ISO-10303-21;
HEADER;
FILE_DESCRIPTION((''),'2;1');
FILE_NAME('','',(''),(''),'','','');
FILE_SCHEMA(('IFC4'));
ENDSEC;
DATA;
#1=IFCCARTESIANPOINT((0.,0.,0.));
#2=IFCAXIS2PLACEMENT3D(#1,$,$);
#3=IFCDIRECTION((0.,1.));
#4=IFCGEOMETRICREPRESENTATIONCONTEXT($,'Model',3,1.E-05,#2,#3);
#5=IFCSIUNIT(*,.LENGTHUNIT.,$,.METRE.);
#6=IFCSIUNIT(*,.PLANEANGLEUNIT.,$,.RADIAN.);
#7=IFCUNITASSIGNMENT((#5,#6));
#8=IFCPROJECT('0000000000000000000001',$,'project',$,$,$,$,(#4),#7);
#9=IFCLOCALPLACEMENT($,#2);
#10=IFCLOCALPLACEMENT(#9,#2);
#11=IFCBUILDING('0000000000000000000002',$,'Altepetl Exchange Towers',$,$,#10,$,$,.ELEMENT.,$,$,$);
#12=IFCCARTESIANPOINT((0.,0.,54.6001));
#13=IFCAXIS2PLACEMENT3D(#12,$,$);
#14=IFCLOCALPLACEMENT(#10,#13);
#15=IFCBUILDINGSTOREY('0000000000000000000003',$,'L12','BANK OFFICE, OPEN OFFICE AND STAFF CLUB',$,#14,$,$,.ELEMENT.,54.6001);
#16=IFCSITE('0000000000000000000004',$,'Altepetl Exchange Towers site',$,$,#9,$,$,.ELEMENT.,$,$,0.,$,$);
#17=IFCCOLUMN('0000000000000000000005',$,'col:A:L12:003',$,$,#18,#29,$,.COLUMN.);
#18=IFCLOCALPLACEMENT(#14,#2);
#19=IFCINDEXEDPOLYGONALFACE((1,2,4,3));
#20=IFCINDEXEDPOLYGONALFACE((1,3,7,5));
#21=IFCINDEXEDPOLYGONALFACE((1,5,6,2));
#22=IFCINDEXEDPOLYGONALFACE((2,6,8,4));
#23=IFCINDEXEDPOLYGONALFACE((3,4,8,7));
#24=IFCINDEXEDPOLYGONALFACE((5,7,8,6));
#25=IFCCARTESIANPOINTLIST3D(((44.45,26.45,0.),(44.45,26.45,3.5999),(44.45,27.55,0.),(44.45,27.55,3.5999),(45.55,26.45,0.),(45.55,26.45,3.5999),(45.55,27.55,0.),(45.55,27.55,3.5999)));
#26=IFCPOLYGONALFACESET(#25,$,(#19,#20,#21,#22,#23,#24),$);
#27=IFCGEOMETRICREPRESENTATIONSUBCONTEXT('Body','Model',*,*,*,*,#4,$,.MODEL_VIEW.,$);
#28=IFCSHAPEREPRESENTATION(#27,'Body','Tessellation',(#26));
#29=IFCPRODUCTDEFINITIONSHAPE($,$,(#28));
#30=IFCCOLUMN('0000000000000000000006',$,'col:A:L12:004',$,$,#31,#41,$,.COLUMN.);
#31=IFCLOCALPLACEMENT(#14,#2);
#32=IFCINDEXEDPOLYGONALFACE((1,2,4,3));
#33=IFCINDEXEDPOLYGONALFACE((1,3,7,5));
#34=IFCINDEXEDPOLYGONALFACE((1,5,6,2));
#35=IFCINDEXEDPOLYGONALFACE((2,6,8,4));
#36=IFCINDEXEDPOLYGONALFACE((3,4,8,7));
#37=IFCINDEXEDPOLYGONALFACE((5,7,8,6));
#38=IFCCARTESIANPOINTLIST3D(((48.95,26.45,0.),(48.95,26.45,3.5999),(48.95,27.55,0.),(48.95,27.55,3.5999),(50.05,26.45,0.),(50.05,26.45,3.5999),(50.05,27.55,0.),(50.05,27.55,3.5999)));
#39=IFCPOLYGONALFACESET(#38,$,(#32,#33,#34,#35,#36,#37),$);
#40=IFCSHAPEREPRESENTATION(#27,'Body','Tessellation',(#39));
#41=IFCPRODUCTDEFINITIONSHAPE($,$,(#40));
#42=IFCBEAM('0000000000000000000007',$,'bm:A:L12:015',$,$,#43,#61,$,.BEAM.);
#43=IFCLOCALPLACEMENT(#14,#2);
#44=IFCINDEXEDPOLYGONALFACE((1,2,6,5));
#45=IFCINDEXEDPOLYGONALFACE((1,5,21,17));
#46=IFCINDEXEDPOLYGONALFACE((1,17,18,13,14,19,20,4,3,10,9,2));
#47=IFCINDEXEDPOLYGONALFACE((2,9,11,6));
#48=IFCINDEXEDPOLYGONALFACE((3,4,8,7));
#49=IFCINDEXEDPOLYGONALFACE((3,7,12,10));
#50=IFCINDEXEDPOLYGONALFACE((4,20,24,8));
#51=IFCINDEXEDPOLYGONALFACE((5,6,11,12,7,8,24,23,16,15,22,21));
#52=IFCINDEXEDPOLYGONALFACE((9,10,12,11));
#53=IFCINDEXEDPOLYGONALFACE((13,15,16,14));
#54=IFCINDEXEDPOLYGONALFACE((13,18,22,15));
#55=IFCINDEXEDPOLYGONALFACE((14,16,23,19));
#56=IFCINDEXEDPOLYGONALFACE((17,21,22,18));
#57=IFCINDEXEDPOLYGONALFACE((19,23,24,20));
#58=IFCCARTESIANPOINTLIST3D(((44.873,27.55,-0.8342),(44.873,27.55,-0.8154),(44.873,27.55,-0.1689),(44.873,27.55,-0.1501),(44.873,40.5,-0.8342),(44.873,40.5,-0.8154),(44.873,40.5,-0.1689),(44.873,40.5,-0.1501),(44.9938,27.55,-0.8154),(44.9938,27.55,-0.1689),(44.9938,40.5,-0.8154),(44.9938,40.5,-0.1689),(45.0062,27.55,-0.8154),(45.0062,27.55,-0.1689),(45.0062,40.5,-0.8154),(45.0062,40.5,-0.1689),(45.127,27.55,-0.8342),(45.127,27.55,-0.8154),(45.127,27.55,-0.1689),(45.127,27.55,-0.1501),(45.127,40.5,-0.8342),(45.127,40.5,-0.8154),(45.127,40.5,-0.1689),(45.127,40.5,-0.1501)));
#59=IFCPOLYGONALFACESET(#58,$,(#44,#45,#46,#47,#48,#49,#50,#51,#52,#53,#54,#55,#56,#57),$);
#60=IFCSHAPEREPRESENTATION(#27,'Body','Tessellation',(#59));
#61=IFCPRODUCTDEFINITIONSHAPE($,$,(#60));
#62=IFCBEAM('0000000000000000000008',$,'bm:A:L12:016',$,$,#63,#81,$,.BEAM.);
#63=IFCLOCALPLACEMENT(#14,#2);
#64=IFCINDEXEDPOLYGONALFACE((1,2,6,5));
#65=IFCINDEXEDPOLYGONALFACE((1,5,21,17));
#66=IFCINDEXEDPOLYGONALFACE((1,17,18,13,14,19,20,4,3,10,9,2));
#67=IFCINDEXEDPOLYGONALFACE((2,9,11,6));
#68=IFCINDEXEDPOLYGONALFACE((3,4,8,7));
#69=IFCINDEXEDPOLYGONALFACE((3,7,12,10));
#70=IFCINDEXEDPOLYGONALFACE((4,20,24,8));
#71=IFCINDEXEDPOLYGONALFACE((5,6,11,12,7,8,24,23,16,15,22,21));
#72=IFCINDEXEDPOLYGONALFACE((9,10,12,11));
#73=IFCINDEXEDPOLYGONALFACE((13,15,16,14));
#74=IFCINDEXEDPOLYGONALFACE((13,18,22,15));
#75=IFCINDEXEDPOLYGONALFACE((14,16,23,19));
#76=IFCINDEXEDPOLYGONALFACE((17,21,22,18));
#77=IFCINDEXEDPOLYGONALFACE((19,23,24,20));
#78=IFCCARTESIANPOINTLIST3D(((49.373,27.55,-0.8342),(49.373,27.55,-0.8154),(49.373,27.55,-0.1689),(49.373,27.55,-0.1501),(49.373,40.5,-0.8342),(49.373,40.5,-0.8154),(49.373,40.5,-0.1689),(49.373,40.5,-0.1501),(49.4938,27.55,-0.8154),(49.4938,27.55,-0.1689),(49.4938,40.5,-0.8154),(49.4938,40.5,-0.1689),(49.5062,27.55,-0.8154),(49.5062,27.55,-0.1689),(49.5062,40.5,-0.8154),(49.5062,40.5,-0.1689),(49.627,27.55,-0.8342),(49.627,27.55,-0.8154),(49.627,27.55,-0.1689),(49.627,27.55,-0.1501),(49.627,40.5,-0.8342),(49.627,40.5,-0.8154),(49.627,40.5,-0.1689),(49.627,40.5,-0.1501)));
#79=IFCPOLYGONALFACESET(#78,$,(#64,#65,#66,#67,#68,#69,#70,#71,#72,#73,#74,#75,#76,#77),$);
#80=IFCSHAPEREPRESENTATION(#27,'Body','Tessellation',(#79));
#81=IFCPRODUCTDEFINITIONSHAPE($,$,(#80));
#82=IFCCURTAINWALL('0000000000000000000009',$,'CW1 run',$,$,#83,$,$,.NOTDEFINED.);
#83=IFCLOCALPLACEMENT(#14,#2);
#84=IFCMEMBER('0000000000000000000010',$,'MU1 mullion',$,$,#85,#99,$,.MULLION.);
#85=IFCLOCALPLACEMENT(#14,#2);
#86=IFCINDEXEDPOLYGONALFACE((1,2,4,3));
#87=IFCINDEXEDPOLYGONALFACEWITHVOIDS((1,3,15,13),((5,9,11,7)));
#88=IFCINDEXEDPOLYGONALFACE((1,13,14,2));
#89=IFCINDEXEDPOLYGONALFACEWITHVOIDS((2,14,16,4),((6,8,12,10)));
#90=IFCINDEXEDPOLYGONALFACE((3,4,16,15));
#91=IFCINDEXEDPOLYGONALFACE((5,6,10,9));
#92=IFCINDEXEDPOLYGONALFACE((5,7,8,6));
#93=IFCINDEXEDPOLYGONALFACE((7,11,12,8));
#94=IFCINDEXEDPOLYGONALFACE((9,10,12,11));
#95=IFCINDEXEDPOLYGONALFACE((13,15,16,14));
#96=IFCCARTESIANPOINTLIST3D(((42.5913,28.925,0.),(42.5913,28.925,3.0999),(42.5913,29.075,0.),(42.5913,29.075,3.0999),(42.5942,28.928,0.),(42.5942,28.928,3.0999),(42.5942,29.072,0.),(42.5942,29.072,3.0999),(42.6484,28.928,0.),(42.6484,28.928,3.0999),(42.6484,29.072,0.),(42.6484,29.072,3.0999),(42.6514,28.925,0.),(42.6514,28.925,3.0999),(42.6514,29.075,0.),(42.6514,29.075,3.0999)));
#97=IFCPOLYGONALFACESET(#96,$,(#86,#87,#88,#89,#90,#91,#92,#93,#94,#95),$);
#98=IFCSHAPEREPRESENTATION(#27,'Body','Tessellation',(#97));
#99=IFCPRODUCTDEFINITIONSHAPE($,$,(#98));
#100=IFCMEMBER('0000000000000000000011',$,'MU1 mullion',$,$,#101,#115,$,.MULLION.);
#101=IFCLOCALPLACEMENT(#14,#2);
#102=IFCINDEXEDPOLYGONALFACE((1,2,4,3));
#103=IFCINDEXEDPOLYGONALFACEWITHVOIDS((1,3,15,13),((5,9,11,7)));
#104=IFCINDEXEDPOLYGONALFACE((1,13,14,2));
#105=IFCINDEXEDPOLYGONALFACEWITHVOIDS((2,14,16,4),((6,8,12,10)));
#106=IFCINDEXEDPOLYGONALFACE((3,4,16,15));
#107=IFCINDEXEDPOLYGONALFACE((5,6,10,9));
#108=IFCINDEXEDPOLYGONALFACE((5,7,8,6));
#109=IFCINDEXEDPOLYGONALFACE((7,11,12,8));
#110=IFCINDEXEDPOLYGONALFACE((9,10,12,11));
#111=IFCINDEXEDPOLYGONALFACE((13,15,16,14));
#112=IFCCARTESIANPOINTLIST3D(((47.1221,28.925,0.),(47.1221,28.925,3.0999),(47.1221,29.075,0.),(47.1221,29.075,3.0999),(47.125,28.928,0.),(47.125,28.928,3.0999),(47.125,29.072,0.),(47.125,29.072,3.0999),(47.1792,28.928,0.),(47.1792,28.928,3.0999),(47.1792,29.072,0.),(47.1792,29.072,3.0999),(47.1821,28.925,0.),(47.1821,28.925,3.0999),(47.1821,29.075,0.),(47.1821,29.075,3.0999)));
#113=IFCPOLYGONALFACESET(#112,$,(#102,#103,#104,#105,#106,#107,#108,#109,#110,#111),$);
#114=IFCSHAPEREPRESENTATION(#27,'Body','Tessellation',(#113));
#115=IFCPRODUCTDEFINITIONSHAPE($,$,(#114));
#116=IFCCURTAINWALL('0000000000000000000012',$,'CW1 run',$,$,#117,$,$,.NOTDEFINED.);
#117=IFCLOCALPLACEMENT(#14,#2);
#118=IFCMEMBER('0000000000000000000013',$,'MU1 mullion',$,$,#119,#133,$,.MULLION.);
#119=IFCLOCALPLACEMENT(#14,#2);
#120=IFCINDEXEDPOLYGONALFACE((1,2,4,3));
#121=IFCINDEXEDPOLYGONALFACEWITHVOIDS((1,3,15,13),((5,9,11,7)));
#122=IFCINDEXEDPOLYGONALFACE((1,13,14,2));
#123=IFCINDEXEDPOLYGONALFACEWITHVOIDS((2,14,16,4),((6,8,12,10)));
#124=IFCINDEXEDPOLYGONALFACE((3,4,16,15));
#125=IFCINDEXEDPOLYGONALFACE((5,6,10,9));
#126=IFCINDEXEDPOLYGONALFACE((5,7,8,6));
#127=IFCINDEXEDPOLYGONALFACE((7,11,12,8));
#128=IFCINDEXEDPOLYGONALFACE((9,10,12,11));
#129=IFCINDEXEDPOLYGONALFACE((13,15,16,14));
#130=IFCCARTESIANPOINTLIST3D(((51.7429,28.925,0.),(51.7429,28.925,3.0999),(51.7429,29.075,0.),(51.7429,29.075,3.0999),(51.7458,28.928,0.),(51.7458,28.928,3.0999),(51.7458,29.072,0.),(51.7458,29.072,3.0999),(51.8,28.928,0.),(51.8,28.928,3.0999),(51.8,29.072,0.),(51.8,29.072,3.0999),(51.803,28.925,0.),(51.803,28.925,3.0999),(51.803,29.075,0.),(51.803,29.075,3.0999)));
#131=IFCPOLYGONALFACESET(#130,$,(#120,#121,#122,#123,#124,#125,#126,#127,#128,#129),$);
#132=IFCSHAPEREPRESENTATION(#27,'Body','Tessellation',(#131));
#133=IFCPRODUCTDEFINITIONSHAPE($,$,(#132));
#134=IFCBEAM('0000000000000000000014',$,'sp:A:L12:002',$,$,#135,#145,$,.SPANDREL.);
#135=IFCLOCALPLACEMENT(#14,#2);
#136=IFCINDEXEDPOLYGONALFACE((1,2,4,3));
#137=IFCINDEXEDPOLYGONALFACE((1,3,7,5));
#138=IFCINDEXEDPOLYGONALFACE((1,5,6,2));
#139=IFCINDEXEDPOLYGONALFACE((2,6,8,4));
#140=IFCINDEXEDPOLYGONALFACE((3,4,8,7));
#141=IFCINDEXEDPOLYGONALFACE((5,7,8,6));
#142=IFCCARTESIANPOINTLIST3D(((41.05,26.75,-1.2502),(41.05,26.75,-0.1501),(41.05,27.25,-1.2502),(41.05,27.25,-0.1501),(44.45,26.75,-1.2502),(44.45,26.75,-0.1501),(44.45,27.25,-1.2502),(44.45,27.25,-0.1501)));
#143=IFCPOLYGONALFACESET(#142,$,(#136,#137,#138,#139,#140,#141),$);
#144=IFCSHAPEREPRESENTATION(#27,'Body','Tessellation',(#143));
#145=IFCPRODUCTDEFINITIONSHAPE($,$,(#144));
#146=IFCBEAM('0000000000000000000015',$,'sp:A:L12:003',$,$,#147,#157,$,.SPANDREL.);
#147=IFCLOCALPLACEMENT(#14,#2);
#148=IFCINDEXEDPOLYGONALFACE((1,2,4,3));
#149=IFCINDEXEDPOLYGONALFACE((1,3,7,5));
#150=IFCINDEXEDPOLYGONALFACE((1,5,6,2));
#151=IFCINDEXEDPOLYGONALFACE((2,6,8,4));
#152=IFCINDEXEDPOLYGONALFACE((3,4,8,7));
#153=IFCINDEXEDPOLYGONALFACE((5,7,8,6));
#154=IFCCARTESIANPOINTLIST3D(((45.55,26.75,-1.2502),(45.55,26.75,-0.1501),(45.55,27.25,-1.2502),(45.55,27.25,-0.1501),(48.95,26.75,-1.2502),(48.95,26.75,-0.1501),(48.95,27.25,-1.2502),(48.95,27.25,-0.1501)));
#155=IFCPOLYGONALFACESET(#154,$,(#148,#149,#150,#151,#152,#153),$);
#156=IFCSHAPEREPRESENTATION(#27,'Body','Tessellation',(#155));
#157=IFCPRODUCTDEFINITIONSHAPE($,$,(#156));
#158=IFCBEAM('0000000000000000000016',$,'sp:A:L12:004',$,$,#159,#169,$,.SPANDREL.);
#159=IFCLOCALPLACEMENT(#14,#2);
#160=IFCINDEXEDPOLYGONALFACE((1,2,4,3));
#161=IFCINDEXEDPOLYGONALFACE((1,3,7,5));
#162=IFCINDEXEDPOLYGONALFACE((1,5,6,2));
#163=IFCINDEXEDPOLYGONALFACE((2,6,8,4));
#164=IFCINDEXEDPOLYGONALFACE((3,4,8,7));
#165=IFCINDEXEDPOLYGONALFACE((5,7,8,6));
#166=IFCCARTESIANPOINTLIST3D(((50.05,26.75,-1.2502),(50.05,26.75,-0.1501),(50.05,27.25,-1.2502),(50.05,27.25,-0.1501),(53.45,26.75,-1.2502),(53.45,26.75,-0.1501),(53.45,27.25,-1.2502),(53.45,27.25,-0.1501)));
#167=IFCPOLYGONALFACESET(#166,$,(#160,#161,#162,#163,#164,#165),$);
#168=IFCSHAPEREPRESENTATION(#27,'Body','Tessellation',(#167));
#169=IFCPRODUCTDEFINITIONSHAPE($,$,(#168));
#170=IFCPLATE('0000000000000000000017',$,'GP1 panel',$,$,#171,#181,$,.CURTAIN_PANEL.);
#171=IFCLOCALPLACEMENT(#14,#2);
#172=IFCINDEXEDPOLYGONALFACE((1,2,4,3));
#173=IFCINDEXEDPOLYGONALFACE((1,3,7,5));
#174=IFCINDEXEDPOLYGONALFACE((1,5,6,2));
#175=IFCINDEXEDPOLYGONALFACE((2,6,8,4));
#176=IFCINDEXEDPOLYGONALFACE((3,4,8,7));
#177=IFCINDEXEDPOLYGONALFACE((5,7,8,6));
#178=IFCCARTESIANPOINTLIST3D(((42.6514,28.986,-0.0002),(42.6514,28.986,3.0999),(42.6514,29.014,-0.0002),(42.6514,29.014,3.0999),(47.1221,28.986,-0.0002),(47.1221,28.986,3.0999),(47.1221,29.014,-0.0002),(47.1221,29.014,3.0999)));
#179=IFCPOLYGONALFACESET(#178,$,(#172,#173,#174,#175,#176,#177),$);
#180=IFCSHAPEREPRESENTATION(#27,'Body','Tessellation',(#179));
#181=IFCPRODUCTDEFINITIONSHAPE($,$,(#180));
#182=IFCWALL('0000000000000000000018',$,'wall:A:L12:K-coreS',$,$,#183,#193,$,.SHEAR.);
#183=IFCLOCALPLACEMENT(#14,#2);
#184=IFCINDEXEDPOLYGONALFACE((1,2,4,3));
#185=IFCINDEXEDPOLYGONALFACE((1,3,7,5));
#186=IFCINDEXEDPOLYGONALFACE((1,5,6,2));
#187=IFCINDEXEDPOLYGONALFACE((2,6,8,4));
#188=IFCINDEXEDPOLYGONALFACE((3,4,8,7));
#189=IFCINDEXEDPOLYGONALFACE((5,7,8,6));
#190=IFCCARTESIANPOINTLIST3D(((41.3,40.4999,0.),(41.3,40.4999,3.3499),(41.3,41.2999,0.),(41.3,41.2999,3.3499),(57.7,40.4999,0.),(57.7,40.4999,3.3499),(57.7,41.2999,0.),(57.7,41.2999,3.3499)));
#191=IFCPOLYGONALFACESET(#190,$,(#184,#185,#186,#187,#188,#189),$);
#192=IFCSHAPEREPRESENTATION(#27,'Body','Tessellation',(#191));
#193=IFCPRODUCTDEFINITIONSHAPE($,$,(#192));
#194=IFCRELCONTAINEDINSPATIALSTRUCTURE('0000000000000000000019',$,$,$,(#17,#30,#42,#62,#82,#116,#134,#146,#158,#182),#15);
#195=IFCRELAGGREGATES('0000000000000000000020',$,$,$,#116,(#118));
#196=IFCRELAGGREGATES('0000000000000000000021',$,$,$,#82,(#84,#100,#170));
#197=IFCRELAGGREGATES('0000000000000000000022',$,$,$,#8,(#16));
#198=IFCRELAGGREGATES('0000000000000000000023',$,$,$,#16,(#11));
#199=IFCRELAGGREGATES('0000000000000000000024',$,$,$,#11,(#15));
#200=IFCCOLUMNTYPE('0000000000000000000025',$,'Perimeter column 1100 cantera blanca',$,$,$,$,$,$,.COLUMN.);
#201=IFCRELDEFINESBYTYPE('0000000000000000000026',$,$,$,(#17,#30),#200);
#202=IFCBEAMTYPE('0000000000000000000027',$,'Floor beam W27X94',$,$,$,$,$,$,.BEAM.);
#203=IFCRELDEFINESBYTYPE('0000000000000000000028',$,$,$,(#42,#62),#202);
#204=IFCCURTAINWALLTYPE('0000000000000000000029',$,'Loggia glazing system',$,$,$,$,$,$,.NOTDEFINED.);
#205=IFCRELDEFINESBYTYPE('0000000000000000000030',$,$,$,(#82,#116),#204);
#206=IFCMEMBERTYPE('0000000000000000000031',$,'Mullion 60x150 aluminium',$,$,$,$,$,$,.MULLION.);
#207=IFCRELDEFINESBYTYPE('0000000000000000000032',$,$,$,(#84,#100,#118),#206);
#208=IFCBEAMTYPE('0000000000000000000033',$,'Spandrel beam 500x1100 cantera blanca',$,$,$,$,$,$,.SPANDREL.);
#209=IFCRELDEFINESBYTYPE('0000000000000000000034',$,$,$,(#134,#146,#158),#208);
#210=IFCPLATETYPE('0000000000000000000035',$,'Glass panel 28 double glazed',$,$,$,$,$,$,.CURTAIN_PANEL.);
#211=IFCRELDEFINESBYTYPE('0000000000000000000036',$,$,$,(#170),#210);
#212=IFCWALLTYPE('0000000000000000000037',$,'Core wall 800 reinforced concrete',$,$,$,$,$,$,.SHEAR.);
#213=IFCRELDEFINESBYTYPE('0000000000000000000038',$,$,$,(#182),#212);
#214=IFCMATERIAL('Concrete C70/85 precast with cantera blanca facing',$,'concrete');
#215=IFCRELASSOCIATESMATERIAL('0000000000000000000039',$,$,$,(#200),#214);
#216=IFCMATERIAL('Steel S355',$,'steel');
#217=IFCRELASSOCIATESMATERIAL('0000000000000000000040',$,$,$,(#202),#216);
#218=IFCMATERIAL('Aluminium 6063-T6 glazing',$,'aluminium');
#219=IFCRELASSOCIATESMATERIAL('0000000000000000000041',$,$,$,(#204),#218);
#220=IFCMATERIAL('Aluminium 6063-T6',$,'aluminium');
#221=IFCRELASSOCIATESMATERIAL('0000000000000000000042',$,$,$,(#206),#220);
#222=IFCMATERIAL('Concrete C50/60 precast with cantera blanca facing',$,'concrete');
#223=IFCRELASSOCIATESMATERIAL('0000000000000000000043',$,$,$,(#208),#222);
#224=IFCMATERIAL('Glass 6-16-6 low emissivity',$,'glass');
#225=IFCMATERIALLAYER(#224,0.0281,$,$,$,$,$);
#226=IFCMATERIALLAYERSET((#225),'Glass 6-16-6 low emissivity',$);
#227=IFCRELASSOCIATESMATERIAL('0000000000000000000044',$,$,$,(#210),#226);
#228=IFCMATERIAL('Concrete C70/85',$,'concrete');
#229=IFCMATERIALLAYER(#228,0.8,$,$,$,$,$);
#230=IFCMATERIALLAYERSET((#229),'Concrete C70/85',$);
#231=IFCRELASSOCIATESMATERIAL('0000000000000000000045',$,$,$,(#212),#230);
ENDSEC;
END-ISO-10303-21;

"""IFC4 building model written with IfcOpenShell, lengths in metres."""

from ifc_helpers import new_model, si_unit, direction, frame, frame_2d, origin, origin_2d, place, context, subcontext, project, spatial, rectangle, hollow_rectangle, i_section, extrude, material, layer, layer_set, material_profile, profile_set, type_object, element, aggregate, save


model = new_model("IFC4")

# Units and contexts
model_context = context("Model", 3, precision=1e-05, world=origin(), true_north=direction((0.0, 1.0)))
body_context = subcontext(model_context, "Body", "Model", "MODEL_VIEW")
ifc_project = project(units=[si_unit("LENGTHUNIT", "METRE"), si_unit("PLANEANGLEUNIT", "RADIAN")], contexts=[model_context])

# Site, building, storey
site_placement = place(None, origin())
site = spatial("IfcSite", under=ifc_project, at=site_placement, Name="Altepetl Exchange Towers site", CompositionType="ELEMENT", RefElevation=0.0)
building_placement = place(site_placement, origin())
building = spatial("IfcBuilding", under=site, at=building_placement, Name="Altepetl Exchange Towers", CompositionType="ELEMENT")
storey_placement = place(building_placement, frame((0.0, 0.0, 54.6001)))
storey = spatial("IfcBuildingStorey", under=building, at=storey_placement, Name="L12", Description="BANK OFFICE, OPEN OFFICE AND STAFF CLUB", CompositionType="ELEMENT", Elevation=54.6001)

# Columns
ifc_material_1 = material(Name="Concrete C70/85 precast with cantera blanca facing", Category="concrete")
ifc_material_profile_1 = material_profile(ifc_material_1, rectangle(XDim=1.1001, YDim=1.1001, at=origin_2d()), Name="1100 x 1100")
ifc_profile_set_1 = profile_set([ifc_material_profile_1], Name="Concrete C70/85 precast with cantera blanca facing")
column_type = type_object("IfcColumnType", Name="Perimeter column 1100 cantera blanca", PredefinedType="COLUMN", material=ifc_profile_set_1)
for number, where, name in (
    (1, (45.0, 27.0, 0.0), "col:A:L12:003"),
    (2, (49.5, 27.0, 0.0), "col:A:L12:004"),
):
    element("IfcColumn", number, at=place(storey_placement, frame(where)), inside=storey, type_object=column_type, Name=name, PredefinedType="COLUMN", context=body_context, shape_type="SweptSolid", body=[
        extrude(rectangle(XDim=1.1001, YDim=1.1001, at=origin_2d()), origin(), (0.0, 0.0, 1.0), 3.5999),
    ])

# Beams
ifc_material_2 = material(Name="Steel S355", Category="steel")
ifc_material_profile_2 = material_profile(ifc_material_2, i_section(OverallWidth=0.2539, OverallDepth=0.6841, WebThickness=0.0125, FlangeThickness=0.0188, at=origin_2d()), Name="W27X94")
ifc_profile_set_2 = profile_set([ifc_material_profile_2], Name="Steel S355")
beam_type_1 = type_object("IfcBeamType", Name="Floor beam W27X94", PredefinedType="BEAM", material=ifc_profile_set_2)
for number, where, z_axis, x_axis, name in (
    (3, (45.0, 27.55, -0.4922), (0.0, 1.0, 0.0), (-1.0, 0.0, 0.0), "bm:A:L12:015"),
    (4, (49.5, 27.55, -0.4922), (0.0, 1.0, 0.0), (-1.0, 0.0, 0.0), "bm:A:L12:016"),
):
    element("IfcBeam", number, at=place(storey_placement, frame(where, z_axis=z_axis, x_axis=x_axis)), inside=storey, type_object=beam_type_1, Name=name, PredefinedType="BEAM", context=body_context, shape_type="SweptSolid", body=[
        extrude(i_section(OverallWidth=0.2539, OverallDepth=0.6841, WebThickness=0.0125, FlangeThickness=0.0188, at=origin_2d()), origin(), (0.0, 0.0, 1.0), 12.95),
    ])

# Curtain wall, members
ifc_material_3 = material(Name="Aluminium 6063-T6 glazing", Category="aluminium")
curtain_wall_type = type_object("IfcCurtainWallType", Name="Loggia glazing system", PredefinedType="NOTDEFINED", material=ifc_material_3)
curtain_wall_1_placement = place(storey_placement, origin())
curtain_wall_1 = element("IfcCurtainWall", 5, at=curtain_wall_1_placement, inside=storey, type_object=curtain_wall_type, Name="CW1 run", PredefinedType="NOTDEFINED")
ifc_material_4 = material(Name="Aluminium 6063-T6", Category="aluminium")
ifc_material_profile_3 = material_profile(ifc_material_4, hollow_rectangle(XDim=0.0601, YDim=0.1499, WallThickness=0.0029, at=origin_2d()), Name="Mullion 60x150 aluminium")
ifc_profile_set_3 = profile_set([ifc_material_profile_3], Name="Aluminium 6063-T6")
member_type = type_object("IfcMemberType", Name="Mullion 60x150 aluminium", PredefinedType="MULLION", material=ifc_profile_set_3)
member_1_placement = place(storey_placement, frame((42.6213, 29.0, 0.0)))
member_1 = element("IfcMember", 6, at=member_1_placement, type_object=member_type, Name="MU1 mullion", PredefinedType="MULLION", context=body_context, shape_type="SweptSolid", body=[
    extrude(hollow_rectangle(XDim=0.0601, YDim=0.1499, WallThickness=0.0029, at=origin_2d()), origin(), (0.0, 0.0, 1.0), 3.0999),
])
member_2_placement = place(storey_placement, frame((47.1521, 29.0, 0.0)))
member_2 = element("IfcMember", 7, at=member_2_placement, type_object=member_type, Name="MU1 mullion", PredefinedType="MULLION", context=body_context, shape_type="SweptSolid", body=[
    extrude(hollow_rectangle(XDim=0.0601, YDim=0.1499, WallThickness=0.0029, at=origin_2d()), origin(), (0.0, 0.0, 1.0), 3.0999),
])

# Curtain wall, member
curtain_wall_2_placement = place(storey_placement, origin())
curtain_wall_2 = element("IfcCurtainWall", 8, at=curtain_wall_2_placement, inside=storey, type_object=curtain_wall_type, Name="CW1 run", PredefinedType="NOTDEFINED")
member_3_placement = place(storey_placement, frame((51.7729, 29.0, 0.0)))
member_3 = element("IfcMember", 9, at=member_3_placement, type_object=member_type, Name="MU1 mullion", PredefinedType="MULLION", context=body_context, shape_type="SweptSolid", body=[
    extrude(hollow_rectangle(XDim=0.0601, YDim=0.1499, WallThickness=0.0029, at=origin_2d()), origin(), (0.0, 0.0, 1.0), 3.0999),
])
aggregate(curtain_wall_2, [member_3])

# Beams
ifc_material_5 = material(Name="Concrete C50/60 precast with cantera blanca facing", Category="concrete")
ifc_material_profile_4 = material_profile(ifc_material_5, rectangle(XDim=0.5, YDim=1.1001, at=origin_2d()), Name="500 x 1100")
ifc_profile_set_4 = profile_set([ifc_material_profile_4], Name="Concrete C50/60 precast with cantera blanca facing")
beam_type_2 = type_object("IfcBeamType", Name="Spandrel beam 500x1100 cantera blanca", PredefinedType="SPANDREL", material=ifc_profile_set_4)
for number, where, z_axis, x_axis, name in (
    (10, (41.05, 27.0, -0.7002), (1.0, 0.0, 0.0), (0.0, 1.0, 0.0), "sp:A:L12:002"),
    (11, (45.55, 27.0, -0.7002), (1.0, 0.0, 0.0), (0.0, 1.0, 0.0), "sp:A:L12:003"),
    (12, (50.05, 27.0, -0.7002), (1.0, 0.0, 0.0), (0.0, 1.0, 0.0), "sp:A:L12:004"),
):
    element("IfcBeam", number, at=place(storey_placement, frame(where, z_axis=z_axis, x_axis=x_axis)), inside=storey, type_object=beam_type_2, Name=name, PredefinedType="SPANDREL", context=body_context, shape_type="SweptSolid", body=[
        extrude(rectangle(XDim=0.5, YDim=1.1001, at=origin_2d()), origin(), (0.0, 0.0, 1.0), 3.3999),
    ])

# Plate
ifc_material_6 = material(Name="Glass 6-16-6 low emissivity", Category="glass")
ifc_layer_1 = layer(ifc_material_6, 0.0281)
ifc_layer_set_1 = layer_set([ifc_layer_1], Name="Glass 6-16-6 low emissivity")
plate_type = type_object("IfcPlateType", Name="Glass panel 28 double glazed", PredefinedType="CURTAIN_PANEL", material=ifc_layer_set_1)
plate_placement = place(storey_placement, frame((44.8867, 29.0, -0.0002)))
plate = element("IfcPlate", 13, at=plate_placement, type_object=plate_type, Name="GP1 panel", PredefinedType="CURTAIN_PANEL", context=body_context, shape_type="SweptSolid", body=[
    extrude(rectangle(XDim=4.4707, YDim=0.0281, at=origin_2d()), origin(), (0.0, 0.0, 1.0), 3.1001),
])
aggregate(curtain_wall_1, [member_1, member_2, plate])

# Wall
ifc_material_7 = material(Name="Concrete C70/85", Category="concrete")
ifc_layer_2 = layer(ifc_material_7, 0.8)
ifc_layer_set_2 = layer_set([ifc_layer_2], Name="Concrete C70/85")
wall_type_1 = type_object("IfcWallType", Name="Core wall 800 reinforced concrete", PredefinedType="SHEAR", material=ifc_layer_set_2)
wall_1_placement = place(storey_placement, frame((41.3, 40.8999, 0.0)))
element("IfcWall", 14, at=wall_1_placement, inside=storey, type_object=wall_type_1, Name="wall:A:L12:K-coreS", PredefinedType="SHEAR", context=body_context, shape_type="SweptSolid", body=[
    extrude(rectangle(XDim=16.3999, YDim=0.8, at=frame_2d((8.2, 0.0))), origin(), (0.0, 0.0, 1.0), 3.3499),
])

save(model, "model.ifc")
